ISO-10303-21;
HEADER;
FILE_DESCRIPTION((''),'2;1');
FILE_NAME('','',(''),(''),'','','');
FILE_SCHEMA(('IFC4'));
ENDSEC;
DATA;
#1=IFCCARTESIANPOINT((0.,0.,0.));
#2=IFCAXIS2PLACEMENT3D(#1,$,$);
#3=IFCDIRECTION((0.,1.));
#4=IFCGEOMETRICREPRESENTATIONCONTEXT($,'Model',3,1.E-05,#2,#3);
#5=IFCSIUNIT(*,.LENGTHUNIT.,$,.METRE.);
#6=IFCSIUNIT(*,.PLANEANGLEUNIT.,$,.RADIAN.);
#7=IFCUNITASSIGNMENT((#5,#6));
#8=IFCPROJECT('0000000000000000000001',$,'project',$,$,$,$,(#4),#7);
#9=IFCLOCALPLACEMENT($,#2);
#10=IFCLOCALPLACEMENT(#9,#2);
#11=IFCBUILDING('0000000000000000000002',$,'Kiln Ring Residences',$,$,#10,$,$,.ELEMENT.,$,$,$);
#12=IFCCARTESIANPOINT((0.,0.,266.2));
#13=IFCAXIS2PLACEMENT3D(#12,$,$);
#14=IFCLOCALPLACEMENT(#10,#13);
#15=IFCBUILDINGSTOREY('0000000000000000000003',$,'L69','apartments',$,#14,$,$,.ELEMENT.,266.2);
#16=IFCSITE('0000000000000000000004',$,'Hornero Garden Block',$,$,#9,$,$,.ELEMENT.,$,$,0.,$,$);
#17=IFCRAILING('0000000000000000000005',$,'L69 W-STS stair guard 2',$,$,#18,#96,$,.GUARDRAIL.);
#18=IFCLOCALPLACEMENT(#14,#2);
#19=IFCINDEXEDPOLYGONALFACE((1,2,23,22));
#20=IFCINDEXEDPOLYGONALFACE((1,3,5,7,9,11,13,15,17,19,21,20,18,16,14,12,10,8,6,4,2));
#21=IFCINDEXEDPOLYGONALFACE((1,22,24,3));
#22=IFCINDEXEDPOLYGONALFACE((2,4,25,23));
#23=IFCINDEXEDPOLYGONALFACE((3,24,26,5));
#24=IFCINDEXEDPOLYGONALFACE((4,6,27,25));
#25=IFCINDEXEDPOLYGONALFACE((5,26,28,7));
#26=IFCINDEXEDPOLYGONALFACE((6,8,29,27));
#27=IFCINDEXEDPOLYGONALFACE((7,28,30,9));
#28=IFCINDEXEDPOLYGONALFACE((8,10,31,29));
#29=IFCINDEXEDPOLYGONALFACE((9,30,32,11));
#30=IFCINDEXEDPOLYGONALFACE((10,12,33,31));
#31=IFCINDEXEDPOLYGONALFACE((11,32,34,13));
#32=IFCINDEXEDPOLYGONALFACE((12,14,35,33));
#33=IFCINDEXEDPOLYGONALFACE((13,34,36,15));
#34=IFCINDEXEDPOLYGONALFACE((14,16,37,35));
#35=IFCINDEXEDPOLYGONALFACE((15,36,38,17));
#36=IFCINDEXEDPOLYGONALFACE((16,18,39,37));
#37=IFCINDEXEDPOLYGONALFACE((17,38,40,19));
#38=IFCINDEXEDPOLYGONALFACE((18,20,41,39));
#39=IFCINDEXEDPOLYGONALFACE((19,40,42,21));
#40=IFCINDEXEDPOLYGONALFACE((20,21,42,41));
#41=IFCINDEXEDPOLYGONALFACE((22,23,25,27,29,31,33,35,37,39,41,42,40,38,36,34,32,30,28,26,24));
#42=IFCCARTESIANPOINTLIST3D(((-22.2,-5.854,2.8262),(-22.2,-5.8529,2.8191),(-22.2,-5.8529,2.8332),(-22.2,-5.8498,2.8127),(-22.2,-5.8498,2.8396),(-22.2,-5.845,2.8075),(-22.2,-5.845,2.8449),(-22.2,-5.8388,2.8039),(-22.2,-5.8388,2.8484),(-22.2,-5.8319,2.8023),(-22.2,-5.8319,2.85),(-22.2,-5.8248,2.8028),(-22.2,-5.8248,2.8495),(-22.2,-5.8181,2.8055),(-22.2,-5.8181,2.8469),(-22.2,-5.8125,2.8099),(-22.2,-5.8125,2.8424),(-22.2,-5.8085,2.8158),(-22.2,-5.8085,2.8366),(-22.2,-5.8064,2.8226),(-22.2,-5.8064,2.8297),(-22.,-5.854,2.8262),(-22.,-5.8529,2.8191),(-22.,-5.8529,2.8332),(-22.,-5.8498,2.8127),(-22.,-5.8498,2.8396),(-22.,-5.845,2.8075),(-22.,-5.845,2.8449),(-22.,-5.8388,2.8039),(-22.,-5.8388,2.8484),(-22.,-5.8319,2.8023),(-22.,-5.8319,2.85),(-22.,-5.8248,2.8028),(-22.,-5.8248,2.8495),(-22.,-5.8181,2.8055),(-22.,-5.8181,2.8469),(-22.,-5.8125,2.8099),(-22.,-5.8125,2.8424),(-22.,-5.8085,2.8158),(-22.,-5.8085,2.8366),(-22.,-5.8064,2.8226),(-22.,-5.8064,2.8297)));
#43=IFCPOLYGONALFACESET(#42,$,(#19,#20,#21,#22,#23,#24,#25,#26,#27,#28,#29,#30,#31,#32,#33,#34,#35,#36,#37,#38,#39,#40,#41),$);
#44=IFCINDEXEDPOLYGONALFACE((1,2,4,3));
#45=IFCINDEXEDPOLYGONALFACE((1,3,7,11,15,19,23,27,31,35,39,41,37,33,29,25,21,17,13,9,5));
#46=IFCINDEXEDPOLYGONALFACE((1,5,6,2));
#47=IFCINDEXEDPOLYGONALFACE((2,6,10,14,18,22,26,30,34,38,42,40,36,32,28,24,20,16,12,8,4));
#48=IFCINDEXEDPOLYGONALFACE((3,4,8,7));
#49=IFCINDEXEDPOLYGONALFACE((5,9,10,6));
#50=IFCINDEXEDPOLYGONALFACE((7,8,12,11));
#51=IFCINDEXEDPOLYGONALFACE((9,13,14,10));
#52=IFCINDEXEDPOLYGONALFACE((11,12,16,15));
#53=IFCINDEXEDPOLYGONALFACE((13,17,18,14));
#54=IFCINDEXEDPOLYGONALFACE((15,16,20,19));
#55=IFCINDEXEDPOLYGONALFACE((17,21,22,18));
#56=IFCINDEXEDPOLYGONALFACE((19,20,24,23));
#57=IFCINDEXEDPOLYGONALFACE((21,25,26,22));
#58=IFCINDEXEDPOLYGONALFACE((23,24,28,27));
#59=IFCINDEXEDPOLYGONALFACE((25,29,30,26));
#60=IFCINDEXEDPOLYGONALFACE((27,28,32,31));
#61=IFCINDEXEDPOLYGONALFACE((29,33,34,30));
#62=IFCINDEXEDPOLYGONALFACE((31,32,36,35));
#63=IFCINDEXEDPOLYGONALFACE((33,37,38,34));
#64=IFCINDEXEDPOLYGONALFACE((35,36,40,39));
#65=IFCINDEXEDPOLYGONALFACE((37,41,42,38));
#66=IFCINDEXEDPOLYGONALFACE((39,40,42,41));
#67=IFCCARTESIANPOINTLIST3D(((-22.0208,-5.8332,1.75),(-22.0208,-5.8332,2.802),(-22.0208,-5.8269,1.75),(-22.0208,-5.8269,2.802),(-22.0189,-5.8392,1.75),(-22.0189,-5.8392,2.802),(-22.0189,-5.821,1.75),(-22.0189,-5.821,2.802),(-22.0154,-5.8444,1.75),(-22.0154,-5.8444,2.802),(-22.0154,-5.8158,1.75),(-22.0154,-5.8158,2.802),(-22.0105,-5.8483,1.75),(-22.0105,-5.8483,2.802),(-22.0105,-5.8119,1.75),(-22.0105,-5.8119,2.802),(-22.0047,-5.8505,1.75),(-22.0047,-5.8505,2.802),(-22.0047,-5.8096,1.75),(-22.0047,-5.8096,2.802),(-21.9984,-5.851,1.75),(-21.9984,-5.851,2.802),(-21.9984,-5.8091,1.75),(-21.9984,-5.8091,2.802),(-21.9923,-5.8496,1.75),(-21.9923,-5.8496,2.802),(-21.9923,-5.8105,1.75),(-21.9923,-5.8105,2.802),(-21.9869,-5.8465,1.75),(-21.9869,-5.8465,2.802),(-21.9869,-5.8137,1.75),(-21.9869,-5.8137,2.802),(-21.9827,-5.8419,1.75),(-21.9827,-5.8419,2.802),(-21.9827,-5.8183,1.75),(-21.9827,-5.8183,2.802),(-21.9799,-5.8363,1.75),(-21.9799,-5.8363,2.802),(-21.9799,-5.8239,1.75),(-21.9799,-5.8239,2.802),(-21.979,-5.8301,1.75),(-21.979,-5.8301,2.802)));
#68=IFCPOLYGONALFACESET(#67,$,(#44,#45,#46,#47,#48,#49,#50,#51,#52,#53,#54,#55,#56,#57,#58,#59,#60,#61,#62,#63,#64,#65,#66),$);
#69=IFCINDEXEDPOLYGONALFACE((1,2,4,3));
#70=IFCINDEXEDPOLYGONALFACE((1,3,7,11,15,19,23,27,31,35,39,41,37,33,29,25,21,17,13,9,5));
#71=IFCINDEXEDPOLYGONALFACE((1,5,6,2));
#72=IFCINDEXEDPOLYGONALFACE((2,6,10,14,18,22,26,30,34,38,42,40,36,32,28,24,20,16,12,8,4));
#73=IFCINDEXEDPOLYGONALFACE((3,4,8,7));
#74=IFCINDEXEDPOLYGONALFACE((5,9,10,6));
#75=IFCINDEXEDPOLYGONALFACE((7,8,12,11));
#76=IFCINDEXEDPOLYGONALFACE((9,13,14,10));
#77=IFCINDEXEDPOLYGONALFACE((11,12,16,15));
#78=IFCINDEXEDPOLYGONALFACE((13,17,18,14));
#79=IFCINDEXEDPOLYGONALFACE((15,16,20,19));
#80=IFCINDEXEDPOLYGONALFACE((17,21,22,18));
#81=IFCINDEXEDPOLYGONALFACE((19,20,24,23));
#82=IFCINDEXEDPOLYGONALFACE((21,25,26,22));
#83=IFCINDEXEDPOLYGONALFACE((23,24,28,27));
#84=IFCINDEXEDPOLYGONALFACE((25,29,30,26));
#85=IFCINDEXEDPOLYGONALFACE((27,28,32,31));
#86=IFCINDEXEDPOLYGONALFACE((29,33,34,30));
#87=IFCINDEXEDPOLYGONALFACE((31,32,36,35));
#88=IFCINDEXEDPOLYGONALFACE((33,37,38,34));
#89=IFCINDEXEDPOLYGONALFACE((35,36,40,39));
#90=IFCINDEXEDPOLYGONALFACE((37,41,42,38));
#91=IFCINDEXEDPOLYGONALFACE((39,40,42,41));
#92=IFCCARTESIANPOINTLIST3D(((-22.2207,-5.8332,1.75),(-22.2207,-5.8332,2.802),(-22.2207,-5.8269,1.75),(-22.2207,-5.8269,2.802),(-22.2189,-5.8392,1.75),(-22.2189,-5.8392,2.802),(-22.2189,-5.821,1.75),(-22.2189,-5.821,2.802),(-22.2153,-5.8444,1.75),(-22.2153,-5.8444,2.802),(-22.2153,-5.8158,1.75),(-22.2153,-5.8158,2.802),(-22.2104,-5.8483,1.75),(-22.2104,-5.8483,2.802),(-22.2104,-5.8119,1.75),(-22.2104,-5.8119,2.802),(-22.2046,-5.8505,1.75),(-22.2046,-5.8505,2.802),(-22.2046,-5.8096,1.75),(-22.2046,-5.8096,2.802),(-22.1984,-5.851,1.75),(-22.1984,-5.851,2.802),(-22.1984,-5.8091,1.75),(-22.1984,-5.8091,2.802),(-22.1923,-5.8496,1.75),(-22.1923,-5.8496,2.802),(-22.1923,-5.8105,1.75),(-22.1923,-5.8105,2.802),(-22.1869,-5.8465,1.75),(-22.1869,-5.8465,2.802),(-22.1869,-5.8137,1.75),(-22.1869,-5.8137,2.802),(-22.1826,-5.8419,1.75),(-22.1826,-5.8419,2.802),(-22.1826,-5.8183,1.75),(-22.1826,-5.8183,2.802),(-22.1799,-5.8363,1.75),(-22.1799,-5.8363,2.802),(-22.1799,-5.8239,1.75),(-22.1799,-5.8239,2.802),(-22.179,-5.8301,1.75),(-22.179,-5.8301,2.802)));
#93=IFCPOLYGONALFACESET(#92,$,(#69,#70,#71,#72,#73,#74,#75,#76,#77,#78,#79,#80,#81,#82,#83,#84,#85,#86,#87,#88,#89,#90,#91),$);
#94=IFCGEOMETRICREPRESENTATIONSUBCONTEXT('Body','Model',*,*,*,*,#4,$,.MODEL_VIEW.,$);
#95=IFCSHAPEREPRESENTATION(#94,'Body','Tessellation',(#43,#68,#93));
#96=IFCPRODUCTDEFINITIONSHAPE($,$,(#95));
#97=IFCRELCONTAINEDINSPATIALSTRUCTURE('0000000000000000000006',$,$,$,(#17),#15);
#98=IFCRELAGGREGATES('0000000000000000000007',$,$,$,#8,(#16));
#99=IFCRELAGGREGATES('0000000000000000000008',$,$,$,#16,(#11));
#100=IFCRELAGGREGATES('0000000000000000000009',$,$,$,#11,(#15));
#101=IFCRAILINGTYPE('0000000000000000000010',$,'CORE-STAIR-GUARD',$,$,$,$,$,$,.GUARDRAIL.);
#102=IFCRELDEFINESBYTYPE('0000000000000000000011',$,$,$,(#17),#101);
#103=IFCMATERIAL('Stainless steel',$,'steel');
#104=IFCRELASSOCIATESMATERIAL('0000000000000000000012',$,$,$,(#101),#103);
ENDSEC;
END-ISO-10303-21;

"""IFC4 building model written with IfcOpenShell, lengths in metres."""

from ifc_helpers import new_model, si_unit, direction, frame, origin, origin_2d, place, context, subcontext, project, spatial, circle, extrude, material, type_object, element, save


model = new_model("IFC4")

# Units and contexts
model_context = context("Model", 3, precision=1e-05, world=origin(), true_north=direction((0.0, 1.0)))
body_context = subcontext(model_context, "Body", "Model", "MODEL_VIEW")
ifc_project = project(units=[si_unit("LENGTHUNIT", "METRE"), si_unit("PLANEANGLEUNIT", "RADIAN")], contexts=[model_context])

# Site, building, storey
site_placement = place(None, origin())
site = spatial("IfcSite", under=ifc_project, at=site_placement, Name="Hornero Garden Block", CompositionType="ELEMENT", RefElevation=0.0)
building_placement = place(site_placement, origin())
building = spatial("IfcBuilding", under=site, at=building_placement, Name="Kiln Ring Residences", CompositionType="ELEMENT")
storey_placement = place(building_placement, frame((0.0, 0.0, 266.2)))
storey = spatial("IfcBuildingStorey", under=building, at=storey_placement, Name="L69", Description="apartments", CompositionType="ELEMENT", Elevation=266.2)

# Railing
ifc_material_1 = material(Name="Stainless steel", Category="steel")
railing_type_1 = type_object("IfcRailingType", Name="CORE-STAIR-GUARD", PredefinedType="GUARDRAIL", material=ifc_material_1)
railing_1_placement = place(storey_placement, frame((-22.0, -5.8301, 1.75)))
element("IfcRailing", 1, at=railing_1_placement, inside=storey, type_object=railing_type_1, Name="L69 W-STS stair guard 2", PredefinedType="GUARDRAIL", context=body_context, shape_type="SweptSolid", body=[
    extrude(circle(Radius=0.0239, at=origin_2d()), frame((0.0, 0.0, 1.0762), z_axis=(-1.0, 0.0, 0.0), x_axis=(0.0, -1.0, 0.0)), (0.0, 0.0, 1.0), 0.2),
    extrude(circle(Radius=0.021, at=origin_2d()), origin(), (0.0, 0.0, 1.0), 1.052),
    extrude(circle(Radius=0.021, at=origin_2d()), frame((-0.2, 0.0, 0.0)), (0.0, 0.0, 1.0), 1.052),
])

save(model, "model.ifc")
